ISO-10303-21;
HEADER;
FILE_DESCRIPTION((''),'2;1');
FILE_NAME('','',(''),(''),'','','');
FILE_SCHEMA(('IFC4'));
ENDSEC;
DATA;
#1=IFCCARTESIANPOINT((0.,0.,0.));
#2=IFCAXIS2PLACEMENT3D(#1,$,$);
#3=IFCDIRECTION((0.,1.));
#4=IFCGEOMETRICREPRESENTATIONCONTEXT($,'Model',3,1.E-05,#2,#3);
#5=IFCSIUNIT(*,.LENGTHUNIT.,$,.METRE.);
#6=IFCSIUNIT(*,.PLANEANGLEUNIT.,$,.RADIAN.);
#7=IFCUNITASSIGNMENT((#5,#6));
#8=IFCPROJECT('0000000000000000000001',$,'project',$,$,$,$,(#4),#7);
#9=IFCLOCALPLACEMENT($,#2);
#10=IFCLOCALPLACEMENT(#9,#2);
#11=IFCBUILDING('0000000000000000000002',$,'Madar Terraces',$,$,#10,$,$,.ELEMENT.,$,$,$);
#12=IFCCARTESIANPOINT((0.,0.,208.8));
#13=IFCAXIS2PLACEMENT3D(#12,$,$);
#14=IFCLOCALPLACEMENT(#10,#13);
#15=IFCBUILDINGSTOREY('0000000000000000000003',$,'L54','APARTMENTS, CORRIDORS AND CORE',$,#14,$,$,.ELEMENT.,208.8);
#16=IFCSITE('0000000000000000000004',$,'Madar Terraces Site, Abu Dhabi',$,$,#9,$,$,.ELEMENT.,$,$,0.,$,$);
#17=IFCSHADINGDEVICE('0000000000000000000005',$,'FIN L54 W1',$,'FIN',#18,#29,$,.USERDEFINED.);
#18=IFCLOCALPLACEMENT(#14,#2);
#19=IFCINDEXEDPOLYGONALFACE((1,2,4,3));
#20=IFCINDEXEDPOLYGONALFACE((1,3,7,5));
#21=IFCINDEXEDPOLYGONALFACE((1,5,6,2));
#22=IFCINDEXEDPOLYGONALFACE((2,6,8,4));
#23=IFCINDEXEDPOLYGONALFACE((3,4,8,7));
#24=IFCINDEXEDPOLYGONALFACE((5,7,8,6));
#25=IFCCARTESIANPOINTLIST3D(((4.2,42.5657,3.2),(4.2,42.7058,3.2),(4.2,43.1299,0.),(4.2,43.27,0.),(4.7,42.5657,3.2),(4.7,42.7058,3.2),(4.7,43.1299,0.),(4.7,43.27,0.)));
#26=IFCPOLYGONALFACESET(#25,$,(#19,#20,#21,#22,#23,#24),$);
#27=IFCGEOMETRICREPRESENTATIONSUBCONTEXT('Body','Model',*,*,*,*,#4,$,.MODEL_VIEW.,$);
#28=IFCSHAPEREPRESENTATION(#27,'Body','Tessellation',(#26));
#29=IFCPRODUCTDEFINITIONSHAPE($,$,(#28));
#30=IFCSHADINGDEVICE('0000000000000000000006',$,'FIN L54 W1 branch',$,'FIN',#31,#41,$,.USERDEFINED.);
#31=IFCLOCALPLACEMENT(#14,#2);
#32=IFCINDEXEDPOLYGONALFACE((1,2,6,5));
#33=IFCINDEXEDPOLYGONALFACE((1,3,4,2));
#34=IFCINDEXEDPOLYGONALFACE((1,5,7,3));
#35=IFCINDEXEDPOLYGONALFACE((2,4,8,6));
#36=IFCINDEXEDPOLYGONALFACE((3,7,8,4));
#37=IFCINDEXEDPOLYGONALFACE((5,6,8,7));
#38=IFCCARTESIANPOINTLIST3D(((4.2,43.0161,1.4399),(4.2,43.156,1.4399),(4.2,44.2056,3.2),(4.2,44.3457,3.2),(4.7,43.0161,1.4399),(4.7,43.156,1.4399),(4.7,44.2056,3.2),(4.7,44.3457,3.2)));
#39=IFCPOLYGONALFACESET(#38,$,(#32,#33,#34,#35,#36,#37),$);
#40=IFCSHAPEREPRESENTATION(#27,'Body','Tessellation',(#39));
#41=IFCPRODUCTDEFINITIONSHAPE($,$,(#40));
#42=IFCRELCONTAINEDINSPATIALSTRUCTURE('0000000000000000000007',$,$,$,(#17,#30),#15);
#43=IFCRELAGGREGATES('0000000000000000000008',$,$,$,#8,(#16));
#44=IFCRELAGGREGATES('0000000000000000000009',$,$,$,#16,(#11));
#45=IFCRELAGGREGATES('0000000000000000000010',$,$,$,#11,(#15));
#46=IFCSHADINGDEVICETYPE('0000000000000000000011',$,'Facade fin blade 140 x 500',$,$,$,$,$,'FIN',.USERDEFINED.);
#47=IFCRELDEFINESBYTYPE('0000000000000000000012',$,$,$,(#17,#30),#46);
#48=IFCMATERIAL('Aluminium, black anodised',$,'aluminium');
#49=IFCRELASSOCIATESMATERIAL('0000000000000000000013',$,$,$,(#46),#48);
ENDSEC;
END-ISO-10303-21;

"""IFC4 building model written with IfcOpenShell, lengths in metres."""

from ifc_helpers import new_model, si_unit, direction, frame, origin, place, context, subcontext, project, spatial, polyline, outline, extrude, material, type_object, element, save


model = new_model("IFC4")

# Units and contexts
model_context = context("Model", 3, precision=1e-05, world=origin(), true_north=direction((0.0, 1.0)))
body_context = subcontext(model_context, "Body", "Model", "MODEL_VIEW")
ifc_project = project(units=[si_unit("LENGTHUNIT", "METRE"), si_unit("PLANEANGLEUNIT", "RADIAN")], contexts=[model_context])

# Site, building, storey
site_placement = place(None, origin())
site = spatial("IfcSite", under=ifc_project, at=site_placement, Name="Madar Terraces Site, Abu Dhabi", CompositionType="ELEMENT", RefElevation=0.0)
building_placement = place(site_placement, origin())
building = spatial("IfcBuilding", under=site, at=building_placement, Name="Madar Terraces", CompositionType="ELEMENT")
storey_placement = place(building_placement, frame((0.0, 0.0, 208.8)))
storey = spatial("IfcBuildingStorey", under=building, at=storey_placement, Name="L54", Description="APARTMENTS, CORRIDORS AND CORE", CompositionType="ELEMENT", Elevation=208.8)

# Shading devices
ifc_material_1 = material(Name="Aluminium, black anodised", Category="aluminium")
shading_device_type = type_object("IfcShadingDeviceType", Name="Facade fin blade 140 x 500", ElementType="FIN", PredefinedType="USERDEFINED", material=ifc_material_1)
shading_device_1_placement = place(storey_placement, frame((4.45, 43.27, 0.0), z_axis=(0.0, 0.0, 1.0), x_axis=(0.0, -1.0, 0.0)))
element("IfcShadingDevice", 1, at=shading_device_1_placement, inside=storey, type_object=shading_device_type, Name="FIN L54 W1", ObjectType="FIN", PredefinedType="USERDEFINED", context=body_context, shape_type="SweptSolid", body=[
    extrude(outline(polyline([(0.0, 0.0), (0.1401, 0.0), (0.7043, 3.2), (0.5642, 3.2), (0.0, 0.0)])), frame((0.0, 0.25, 0.0), z_axis=(0.0, -1.0, 0.0), x_axis=(1.0, 0.0, 0.0)), (0.0, 0.0, 1.0), 0.5),
])
shading_device_2_placement = place(storey_placement, frame((4.45, 43.156, 1.4399), z_axis=(0.0, 0.0, 1.0), x_axis=(0.0, -1.0, 0.0)))
element("IfcShadingDevice", 2, at=shading_device_2_placement, inside=storey, type_object=shading_device_type, Name="FIN L54 W1 branch", ObjectType="FIN", PredefinedType="USERDEFINED", context=body_context, shape_type="SweptSolid", body=[
    extrude(outline(polyline([(0.0, 0.0), (0.1399, 0.0), (-1.0496, 1.76), (-1.1897, 1.76), (0.0, 0.0)])), frame((0.0, 0.25, 0.0), z_axis=(0.0, -1.0, 0.0), x_axis=(1.0, 0.0, 0.0)), (0.0, 0.0, 1.0), 0.5),
])

save(model, "model.ifc")
